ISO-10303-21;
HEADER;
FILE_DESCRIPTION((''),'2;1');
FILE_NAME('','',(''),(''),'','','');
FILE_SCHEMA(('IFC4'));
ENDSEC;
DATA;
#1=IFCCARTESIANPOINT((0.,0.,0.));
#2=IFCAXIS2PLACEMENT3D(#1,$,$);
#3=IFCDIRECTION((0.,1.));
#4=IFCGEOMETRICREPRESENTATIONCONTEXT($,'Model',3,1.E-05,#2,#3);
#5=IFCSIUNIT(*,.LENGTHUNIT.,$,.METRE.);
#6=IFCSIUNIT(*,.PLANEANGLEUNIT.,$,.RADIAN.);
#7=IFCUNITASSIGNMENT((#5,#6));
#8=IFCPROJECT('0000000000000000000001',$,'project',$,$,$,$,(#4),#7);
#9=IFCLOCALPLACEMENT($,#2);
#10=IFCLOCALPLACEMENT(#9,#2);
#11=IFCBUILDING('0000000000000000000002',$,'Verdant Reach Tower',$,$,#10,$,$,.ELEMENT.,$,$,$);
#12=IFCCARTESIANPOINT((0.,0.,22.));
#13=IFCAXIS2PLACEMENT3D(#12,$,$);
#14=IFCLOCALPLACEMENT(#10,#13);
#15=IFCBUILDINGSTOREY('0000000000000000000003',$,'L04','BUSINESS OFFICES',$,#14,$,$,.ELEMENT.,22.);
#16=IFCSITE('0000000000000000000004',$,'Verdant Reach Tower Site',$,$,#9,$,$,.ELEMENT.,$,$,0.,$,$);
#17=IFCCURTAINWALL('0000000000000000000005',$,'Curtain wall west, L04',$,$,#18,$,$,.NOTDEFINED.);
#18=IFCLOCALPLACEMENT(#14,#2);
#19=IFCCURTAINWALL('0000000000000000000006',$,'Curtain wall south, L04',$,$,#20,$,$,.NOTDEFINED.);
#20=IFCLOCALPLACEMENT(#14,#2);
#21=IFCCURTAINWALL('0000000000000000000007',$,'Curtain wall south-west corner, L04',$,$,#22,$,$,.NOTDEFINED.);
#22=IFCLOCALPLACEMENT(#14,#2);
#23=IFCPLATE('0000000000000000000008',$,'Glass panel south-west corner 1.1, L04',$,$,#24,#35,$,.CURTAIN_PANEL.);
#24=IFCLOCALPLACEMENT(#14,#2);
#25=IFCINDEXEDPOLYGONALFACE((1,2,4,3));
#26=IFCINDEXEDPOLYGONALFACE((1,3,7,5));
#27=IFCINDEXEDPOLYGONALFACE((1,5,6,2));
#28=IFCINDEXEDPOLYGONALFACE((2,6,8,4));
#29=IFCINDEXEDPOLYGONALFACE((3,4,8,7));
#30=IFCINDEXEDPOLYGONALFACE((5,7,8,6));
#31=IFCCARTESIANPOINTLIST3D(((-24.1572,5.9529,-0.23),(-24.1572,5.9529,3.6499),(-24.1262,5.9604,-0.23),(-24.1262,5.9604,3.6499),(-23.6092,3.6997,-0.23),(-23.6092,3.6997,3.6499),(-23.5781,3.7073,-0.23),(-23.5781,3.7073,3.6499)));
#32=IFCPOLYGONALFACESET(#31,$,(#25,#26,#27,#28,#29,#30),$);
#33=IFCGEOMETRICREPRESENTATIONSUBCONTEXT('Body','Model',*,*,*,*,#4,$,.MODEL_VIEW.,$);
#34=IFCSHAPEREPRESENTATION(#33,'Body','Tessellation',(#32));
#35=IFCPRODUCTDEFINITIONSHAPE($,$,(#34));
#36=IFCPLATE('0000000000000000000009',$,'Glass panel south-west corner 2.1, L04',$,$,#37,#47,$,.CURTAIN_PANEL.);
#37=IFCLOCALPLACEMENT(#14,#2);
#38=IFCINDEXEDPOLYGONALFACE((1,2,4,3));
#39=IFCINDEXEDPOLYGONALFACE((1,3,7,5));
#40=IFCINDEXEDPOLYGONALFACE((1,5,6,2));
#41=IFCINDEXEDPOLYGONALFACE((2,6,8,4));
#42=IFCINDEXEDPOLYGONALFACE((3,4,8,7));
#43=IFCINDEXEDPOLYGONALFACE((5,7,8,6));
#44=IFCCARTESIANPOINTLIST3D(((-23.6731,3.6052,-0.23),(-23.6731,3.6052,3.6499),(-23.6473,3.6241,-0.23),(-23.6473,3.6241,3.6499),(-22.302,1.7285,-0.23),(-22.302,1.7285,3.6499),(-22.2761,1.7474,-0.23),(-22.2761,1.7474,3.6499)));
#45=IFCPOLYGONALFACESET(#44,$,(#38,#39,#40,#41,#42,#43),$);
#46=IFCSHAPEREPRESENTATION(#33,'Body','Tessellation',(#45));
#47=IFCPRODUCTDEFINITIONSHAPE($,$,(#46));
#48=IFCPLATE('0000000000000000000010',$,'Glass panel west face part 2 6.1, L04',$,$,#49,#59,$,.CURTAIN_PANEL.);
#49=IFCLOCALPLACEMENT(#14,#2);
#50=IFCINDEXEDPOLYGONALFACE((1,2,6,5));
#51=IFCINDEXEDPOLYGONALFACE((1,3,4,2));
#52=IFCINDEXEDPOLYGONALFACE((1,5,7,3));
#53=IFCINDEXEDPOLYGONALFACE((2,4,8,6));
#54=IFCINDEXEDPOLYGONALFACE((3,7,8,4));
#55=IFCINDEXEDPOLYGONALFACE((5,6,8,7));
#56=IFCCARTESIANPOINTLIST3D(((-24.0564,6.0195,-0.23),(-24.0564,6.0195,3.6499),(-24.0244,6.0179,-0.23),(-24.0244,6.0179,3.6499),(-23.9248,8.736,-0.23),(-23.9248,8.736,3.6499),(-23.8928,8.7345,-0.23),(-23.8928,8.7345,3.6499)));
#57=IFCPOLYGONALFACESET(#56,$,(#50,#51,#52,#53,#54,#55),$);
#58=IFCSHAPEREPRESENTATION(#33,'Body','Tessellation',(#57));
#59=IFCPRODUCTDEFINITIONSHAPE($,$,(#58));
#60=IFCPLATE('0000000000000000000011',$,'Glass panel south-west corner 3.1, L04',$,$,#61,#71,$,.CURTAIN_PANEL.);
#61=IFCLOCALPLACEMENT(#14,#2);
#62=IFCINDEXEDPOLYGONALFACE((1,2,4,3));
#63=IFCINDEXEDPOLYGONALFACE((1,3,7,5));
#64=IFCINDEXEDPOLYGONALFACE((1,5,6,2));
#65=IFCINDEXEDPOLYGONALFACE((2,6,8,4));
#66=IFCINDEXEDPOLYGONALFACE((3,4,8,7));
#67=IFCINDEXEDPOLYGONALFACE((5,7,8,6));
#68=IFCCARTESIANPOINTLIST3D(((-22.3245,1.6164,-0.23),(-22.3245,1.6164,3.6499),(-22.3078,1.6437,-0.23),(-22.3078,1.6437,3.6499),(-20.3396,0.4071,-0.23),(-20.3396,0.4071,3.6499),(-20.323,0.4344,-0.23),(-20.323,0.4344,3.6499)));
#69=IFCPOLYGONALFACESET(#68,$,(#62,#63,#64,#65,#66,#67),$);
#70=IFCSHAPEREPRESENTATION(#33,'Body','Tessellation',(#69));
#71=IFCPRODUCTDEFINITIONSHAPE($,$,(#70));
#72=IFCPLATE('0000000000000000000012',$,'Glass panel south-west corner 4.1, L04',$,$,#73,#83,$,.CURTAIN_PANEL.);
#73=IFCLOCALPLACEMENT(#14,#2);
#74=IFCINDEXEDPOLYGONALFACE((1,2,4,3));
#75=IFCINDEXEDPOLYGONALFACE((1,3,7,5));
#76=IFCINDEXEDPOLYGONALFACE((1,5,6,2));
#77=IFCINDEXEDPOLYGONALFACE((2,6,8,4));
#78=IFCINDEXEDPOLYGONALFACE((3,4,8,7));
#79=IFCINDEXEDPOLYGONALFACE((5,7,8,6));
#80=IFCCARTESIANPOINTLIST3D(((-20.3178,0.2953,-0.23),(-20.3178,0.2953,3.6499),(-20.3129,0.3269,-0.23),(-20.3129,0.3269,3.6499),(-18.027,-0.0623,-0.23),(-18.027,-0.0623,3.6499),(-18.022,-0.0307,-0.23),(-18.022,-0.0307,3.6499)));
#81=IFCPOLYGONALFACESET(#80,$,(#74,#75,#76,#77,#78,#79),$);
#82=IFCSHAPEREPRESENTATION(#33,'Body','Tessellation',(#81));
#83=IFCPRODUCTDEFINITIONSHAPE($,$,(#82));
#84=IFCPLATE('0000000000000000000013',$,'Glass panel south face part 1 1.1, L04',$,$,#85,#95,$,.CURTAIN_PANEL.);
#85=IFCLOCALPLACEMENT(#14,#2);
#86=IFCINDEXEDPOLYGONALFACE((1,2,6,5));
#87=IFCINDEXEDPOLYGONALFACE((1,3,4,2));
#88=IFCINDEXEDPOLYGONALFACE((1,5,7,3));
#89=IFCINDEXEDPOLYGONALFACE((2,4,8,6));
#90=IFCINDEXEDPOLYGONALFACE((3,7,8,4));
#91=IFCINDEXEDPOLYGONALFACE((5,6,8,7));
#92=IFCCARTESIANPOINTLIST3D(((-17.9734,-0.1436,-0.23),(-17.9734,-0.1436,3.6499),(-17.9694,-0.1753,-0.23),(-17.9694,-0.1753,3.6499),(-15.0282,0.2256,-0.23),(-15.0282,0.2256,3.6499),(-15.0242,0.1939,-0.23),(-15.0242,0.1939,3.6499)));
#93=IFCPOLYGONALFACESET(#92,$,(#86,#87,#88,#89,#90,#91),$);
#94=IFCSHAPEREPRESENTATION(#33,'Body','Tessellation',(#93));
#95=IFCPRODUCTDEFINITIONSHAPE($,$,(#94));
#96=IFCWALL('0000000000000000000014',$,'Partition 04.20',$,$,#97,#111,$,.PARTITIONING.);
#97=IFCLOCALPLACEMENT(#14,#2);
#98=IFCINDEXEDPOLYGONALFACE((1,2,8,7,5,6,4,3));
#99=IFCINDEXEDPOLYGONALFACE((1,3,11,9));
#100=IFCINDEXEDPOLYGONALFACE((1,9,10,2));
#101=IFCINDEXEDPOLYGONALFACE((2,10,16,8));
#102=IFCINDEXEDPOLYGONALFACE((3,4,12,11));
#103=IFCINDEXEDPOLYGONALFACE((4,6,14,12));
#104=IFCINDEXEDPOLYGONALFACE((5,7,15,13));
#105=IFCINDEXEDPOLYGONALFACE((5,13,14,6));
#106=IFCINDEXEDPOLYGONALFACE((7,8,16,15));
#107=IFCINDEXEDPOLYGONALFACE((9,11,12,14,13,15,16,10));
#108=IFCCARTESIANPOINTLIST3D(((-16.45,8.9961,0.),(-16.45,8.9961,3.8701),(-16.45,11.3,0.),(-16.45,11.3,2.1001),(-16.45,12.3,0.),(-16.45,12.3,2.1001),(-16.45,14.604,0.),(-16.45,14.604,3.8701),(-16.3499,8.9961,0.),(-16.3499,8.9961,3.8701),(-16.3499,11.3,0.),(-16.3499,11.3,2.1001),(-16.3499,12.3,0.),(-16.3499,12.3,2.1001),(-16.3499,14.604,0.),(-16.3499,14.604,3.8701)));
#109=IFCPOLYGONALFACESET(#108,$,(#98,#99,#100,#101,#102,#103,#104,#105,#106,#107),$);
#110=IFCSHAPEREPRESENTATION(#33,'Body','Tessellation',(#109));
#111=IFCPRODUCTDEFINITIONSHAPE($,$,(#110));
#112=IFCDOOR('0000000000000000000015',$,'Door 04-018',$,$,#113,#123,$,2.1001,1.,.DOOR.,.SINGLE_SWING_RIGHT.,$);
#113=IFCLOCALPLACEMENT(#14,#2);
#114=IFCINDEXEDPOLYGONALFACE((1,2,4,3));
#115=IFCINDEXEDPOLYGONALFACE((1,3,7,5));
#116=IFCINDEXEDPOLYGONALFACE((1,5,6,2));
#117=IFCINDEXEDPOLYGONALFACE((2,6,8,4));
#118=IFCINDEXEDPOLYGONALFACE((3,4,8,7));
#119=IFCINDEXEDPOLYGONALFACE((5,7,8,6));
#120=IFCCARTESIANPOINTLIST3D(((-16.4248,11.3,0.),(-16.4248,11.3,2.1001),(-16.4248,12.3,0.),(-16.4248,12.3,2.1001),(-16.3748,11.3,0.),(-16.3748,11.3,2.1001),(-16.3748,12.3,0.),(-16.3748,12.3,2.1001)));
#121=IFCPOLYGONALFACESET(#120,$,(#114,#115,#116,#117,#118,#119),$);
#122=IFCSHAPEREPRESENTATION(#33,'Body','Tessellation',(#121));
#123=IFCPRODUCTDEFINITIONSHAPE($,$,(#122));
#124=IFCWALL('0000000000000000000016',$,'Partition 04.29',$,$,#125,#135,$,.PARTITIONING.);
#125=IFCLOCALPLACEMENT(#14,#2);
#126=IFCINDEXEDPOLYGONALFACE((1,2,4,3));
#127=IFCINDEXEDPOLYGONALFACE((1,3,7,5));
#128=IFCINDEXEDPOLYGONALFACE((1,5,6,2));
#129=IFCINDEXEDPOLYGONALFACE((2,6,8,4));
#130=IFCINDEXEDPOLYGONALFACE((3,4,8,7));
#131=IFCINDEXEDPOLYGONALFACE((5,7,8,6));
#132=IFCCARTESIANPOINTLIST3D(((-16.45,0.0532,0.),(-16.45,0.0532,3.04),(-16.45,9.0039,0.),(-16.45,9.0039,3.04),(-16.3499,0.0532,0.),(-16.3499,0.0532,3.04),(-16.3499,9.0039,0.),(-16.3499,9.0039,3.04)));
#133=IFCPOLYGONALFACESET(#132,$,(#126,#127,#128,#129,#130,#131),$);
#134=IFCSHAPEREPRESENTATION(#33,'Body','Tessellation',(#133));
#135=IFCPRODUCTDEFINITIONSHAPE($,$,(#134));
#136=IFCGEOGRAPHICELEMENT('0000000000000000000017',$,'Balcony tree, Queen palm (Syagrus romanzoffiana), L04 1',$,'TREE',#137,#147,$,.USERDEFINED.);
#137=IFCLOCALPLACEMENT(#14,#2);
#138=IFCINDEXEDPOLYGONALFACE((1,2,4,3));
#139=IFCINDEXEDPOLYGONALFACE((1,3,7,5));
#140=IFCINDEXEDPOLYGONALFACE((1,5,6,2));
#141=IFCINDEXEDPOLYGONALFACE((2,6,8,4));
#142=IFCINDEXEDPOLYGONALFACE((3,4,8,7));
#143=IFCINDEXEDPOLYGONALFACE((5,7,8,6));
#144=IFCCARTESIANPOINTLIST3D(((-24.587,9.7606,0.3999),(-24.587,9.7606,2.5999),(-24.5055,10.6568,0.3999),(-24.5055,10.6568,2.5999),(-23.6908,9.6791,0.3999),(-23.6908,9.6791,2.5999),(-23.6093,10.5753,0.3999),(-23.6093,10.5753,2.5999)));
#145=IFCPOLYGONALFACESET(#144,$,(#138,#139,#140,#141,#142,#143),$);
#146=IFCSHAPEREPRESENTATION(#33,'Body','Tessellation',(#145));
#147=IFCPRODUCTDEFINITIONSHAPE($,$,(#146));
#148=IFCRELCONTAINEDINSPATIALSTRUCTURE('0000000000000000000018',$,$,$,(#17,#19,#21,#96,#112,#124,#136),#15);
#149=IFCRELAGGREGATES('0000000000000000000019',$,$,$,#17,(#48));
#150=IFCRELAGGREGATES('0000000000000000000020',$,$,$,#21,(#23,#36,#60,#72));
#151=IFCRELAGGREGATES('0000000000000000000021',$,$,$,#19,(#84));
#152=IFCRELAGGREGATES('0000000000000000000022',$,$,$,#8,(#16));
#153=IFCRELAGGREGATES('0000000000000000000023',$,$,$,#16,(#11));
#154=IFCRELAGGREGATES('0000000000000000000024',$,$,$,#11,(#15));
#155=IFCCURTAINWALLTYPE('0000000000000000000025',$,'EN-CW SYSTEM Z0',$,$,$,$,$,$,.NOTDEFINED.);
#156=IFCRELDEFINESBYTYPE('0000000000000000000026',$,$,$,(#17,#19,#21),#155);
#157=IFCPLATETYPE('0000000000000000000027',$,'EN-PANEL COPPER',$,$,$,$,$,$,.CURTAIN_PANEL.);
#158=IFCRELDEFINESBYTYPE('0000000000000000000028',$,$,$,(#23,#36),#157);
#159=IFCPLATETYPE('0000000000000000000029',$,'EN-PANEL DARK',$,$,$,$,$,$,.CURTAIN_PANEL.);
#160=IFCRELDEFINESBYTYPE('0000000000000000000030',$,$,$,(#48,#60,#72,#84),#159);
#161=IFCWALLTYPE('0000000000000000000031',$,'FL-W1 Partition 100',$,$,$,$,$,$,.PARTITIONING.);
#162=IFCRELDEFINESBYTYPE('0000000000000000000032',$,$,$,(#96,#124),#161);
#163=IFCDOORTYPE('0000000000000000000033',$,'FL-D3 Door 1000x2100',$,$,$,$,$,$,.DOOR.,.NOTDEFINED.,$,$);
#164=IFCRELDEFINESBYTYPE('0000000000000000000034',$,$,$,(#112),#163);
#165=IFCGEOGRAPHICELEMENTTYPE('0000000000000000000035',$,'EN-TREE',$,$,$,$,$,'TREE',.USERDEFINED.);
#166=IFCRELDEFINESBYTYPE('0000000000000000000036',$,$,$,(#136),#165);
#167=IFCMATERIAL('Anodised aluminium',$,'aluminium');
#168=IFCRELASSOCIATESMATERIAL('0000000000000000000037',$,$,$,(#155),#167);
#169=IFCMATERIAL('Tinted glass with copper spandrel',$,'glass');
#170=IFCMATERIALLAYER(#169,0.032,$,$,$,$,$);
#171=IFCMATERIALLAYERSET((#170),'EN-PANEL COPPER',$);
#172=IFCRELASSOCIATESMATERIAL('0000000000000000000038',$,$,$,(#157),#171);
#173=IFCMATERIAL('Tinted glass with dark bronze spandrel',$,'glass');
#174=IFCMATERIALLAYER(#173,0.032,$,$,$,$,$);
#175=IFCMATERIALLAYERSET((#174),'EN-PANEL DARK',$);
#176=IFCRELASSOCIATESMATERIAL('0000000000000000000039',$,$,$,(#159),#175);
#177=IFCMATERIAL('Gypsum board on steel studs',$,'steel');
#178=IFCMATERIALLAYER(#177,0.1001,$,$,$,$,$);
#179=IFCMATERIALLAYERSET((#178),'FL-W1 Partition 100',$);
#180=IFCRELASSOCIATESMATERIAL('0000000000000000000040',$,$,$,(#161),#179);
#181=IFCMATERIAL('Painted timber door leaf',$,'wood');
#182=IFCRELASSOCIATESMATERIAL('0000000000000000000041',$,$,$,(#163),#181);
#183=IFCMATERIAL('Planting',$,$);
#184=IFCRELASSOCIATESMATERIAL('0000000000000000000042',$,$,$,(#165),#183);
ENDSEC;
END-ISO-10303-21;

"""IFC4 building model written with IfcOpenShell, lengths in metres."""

from ifc_helpers import new_model, si_unit, direction, frame, frame_2d, origin, origin_2d, place, context, subcontext, project, spatial, rectangle, extrude, material, layer, layer_set, type_object, element, fill, aggregate, save


model = new_model("IFC4")

# Units and contexts
model_context = context("Model", 3, precision=1e-05, world=origin(), true_north=direction((0.0, 1.0)))
body_context = subcontext(model_context, "Body", "Model", "MODEL_VIEW")
ifc_project = project(units=[si_unit("LENGTHUNIT", "METRE"), si_unit("PLANEANGLEUNIT", "RADIAN")], contexts=[model_context])

# Site, building, storey
site_placement = place(None, origin())
site = spatial("IfcSite", under=ifc_project, at=site_placement, Name="Verdant Reach Tower Site", CompositionType="ELEMENT", RefElevation=0.0)
building_placement = place(site_placement, origin())
building = spatial("IfcBuilding", under=site, at=building_placement, Name="Verdant Reach Tower", CompositionType="ELEMENT")
storey_placement = place(building_placement, frame((0.0, 0.0, 22.0)))
storey = spatial("IfcBuildingStorey", under=building, at=storey_placement, Name="L04", Description="BUSINESS OFFICES", CompositionType="ELEMENT", Elevation=22.0)

# Curtain walls
ifc_material_1 = material(Name="Anodised aluminium", Category="aluminium")
curtain_wall_type = type_object("IfcCurtainWallType", Name="EN-CW SYSTEM Z0", PredefinedType="NOTDEFINED", material=ifc_material_1)
curtain_wall_1_placement = place(storey_placement, origin())
curtain_wall_1 = element("IfcCurtainWall", 1, at=curtain_wall_1_placement, inside=storey, type_object=curtain_wall_type, Name="Curtain wall west, L04", PredefinedType="NOTDEFINED")
curtain_wall_2_placement = place(storey_placement, origin())
curtain_wall_2 = element("IfcCurtainWall", 2, at=curtain_wall_2_placement, inside=storey, type_object=curtain_wall_type, Name="Curtain wall south, L04", PredefinedType="NOTDEFINED")

# Curtain wall, plates
curtain_wall_3_placement = place(storey_placement, origin())
curtain_wall_3 = element("IfcCurtainWall", 3, at=curtain_wall_3_placement, inside=storey, type_object=curtain_wall_type, Name="Curtain wall south-west corner, L04", PredefinedType="NOTDEFINED")
ifc_material_2 = material(Name="Tinted glass with copper spandrel", Category="glass")
ifc_layer_1 = layer(ifc_material_2, 0.032)
ifc_layer_set_1 = layer_set([ifc_layer_1], Name="EN-PANEL COPPER")
plate_type_1 = type_object("IfcPlateType", Name="EN-PANEL COPPER", PredefinedType="CURTAIN_PANEL", material=ifc_layer_set_1)
plate_1_placement = place(storey_placement, frame((-23.8677, 4.8301, -0.23), z_axis=(0.0, 0.0, 1.0), x_axis=(0.236347, -0.971669, 0.0)))
plate_1 = element("IfcPlate", 4, at=plate_1_placement, type_object=plate_type_1, Name="Glass panel south-west corner 1.1, L04", PredefinedType="CURTAIN_PANEL", context=body_context, shape_type="SweptSolid", body=[
    extrude(rectangle(XDim=2.3188, YDim=0.032, at=origin_2d()), origin(), (0.0, 0.0, 1.0), 3.8799),
])
plate_2_placement = place(storey_placement, frame((-22.9746, 2.6763, -0.23), z_axis=(0.0, 0.0, 1.0), x_axis=(0.589927, -0.807457, 0.0)))
plate_2 = element("IfcPlate", 5, at=plate_2_placement, type_object=plate_type_1, Name="Glass panel south-west corner 2.1, L04", PredefinedType="CURTAIN_PANEL", context=body_context, shape_type="SweptSolid", body=[
    extrude(rectangle(XDim=2.3242, YDim=0.032, at=origin_2d()), origin(), (0.0, 0.0, 1.0), 3.8799),
])

# Plates
ifc_material_3 = material(Name="Tinted glass with dark bronze spandrel", Category="glass")
ifc_layer_2 = layer(ifc_material_3, 0.032)
ifc_layer_set_2 = layer_set([ifc_layer_2], Name="EN-PANEL DARK")
plate_type_2 = type_object("IfcPlateType", Name="EN-PANEL DARK", PredefinedType="CURTAIN_PANEL", material=ifc_layer_set_2)
plate_3_placement = place(storey_placement, frame((-23.9746, 7.377, -0.23), z_axis=(0.0, 0.0, 1.0), x_axis=(-0.048383, -0.998829, 0.0)))
plate_3 = element("IfcPlate", 6, at=plate_3_placement, type_object=plate_type_2, Name="Glass panel west face part 2 6.1, L04", PredefinedType="CURTAIN_PANEL", context=body_context, shape_type="SweptSolid", body=[
    extrude(rectangle(XDim=2.7197, YDim=0.032, at=origin_2d()), origin(), (0.0, 0.0, 1.0), 3.8799),
])
aggregate(curtain_wall_1, [plate_3])
plate_4_placement = place(storey_placement, frame((-21.3237, 1.0254, -0.23), z_axis=(0.0, 0.0, 1.0), x_axis=(0.853989, -0.520292, 0.0)))
plate_4 = element("IfcPlate", 7, at=plate_4_placement, type_object=plate_type_2, Name="Glass panel south-west corner 3.1, L04", PredefinedType="CURTAIN_PANEL", context=body_context, shape_type="SweptSolid", body=[
    extrude(rectangle(XDim=2.3242, YDim=0.032, at=origin_2d()), origin(), (0.0, 0.0, 1.0), 3.8799),
])
plate_5_placement = place(storey_placement, frame((-19.1699, 0.1323, -0.23), z_axis=(0.0, 0.0, 1.0), x_axis=(0.988035, -0.154233, 0.0)))
plate_5 = element("IfcPlate", 8, at=plate_5_placement, type_object=plate_type_2, Name="Glass panel south-west corner 4.1, L04", PredefinedType="CURTAIN_PANEL", context=body_context, shape_type="SweptSolid", body=[
    extrude(rectangle(XDim=2.3186, YDim=0.032, at=origin_2d()), origin(), (0.0, 0.0, 1.0), 3.8799),
])
aggregate(curtain_wall_3, [plate_1, plate_2, plate_4, plate_5])
plate_6_placement = place(storey_placement, frame((-16.4988, 0.0251, -0.23), z_axis=(0.0, 0.0, 1.0), x_axis=(0.992234, 0.124384, 0.0)))
plate_6 = element("IfcPlate", 9, at=plate_6_placement, type_object=plate_type_2, Name="Glass panel south face part 1 1.1, L04", PredefinedType="CURTAIN_PANEL", context=body_context, shape_type="SweptSolid", body=[
    extrude(rectangle(XDim=2.9683, YDim=0.032, at=origin_2d()), origin(), (0.0, 0.0, 1.0), 3.8799),
])
aggregate(curtain_wall_2, [plate_6])

# Wall, opening, door
ifc_material_4 = material(Name="Gypsum board on steel studs", Category="steel")
ifc_layer_3 = layer(ifc_material_4, 0.1001)
ifc_layer_set_3 = layer_set([ifc_layer_3], Name="FL-W1 Partition 100")
wall_type = type_object("IfcWallType", Name="FL-W1 Partition 100", PredefinedType="PARTITIONING", material=ifc_layer_set_3)
wall_1_placement = place(storey_placement, frame((-16.3999, 8.9961, 0.0), z_axis=(0.0, 0.0, 1.0), x_axis=(0.0, 1.0, 0.0)))
wall_1 = element("IfcWall", 10, at=wall_1_placement, inside=storey, type_object=wall_type, Name="Partition 04.20", PredefinedType="PARTITIONING", context=body_context, shape_type="SweptSolid", body=[
    extrude(rectangle(XDim=5.6079, YDim=0.1001, at=frame_2d((2.804, 0.0))), origin(), (0.0, 0.0, 1.0), 3.8701),
])
opening_placement = place(wall_1_placement, frame((2.304, 0.0, 0.0)))
opening = element("IfcOpeningElement", 11, at=opening_placement, cuts=wall_1, PredefinedType="OPENING", context=body_context, shape_type="SweptSolid", body=[
    extrude(rectangle(XDim=1.0, YDim=2.1001, at=frame_2d((0.5, 1.05))), frame((0.0, 0.0601, 0.0), z_axis=(0.0, -1.0, 0.0), x_axis=(1.0, 0.0, 0.0)), (0.0, 0.0, 1.0), 0.1201),
])
ifc_material_5 = material(Name="Painted timber door leaf", Category="wood")
door_type = type_object("IfcDoorType", Name="FL-D3 Door 1000x2100", OperationType="NOTDEFINED", PredefinedType="DOOR", material=ifc_material_5)
door_placement = place(opening_placement, origin())
door = element("IfcDoor", 12, at=door_placement, inside=storey, type_object=door_type, Name="Door 04-018", OperationType="SINGLE_SWING_RIGHT", OverallHeight=2.1001, OverallWidth=1.0, PredefinedType="DOOR", context=body_context, shape_type="SweptSolid", body=[
    extrude(rectangle(XDim=1.0, YDim=2.1001, at=frame_2d((0.5, 1.05))), frame((0.0, 0.0249, 0.0), z_axis=(0.0, -1.0, 0.0), x_axis=(1.0, 0.0, 0.0)), (0.0, 0.0, 1.0), 0.05),
])
fill(opening, door)

# Wall
wall_2_placement = place(storey_placement, frame((-16.3999, 9.0039, 0.0), z_axis=(0.0, 0.0, 1.0), x_axis=(0.0, -1.0, 0.0)))
element("IfcWall", 13, at=wall_2_placement, inside=storey, type_object=wall_type, Name="Partition 04.29", PredefinedType="PARTITIONING", context=body_context, shape_type="SweptSolid", body=[
    extrude(rectangle(XDim=8.9507, YDim=0.1001, at=frame_2d((4.4753, 0.0))), origin(), (0.0, 0.0, 1.0), 3.04),
])

# Geographic element
ifc_material_6 = material(Name="Planting")
geographic_element_type = type_object("IfcGeographicElementType", Name="EN-TREE", ElementType="TREE", PredefinedType="USERDEFINED", material=ifc_material_6)
geographic_element_placement = place(storey_placement, frame((-24.0981, 10.168, 0.3999), z_axis=(0.0, 0.0, 1.0), x_axis=(-0.090536, -0.995893, 0.0)))
element("IfcGeographicElement", 14, at=geographic_element_placement, inside=storey, type_object=geographic_element_type, Name="Balcony tree, Queen palm (Syagrus romanzoffiana), L04 1", ObjectType="TREE", PredefinedType="USERDEFINED", context=body_context, shape_type="SweptSolid", body=[
    extrude(rectangle(XDim=0.8999, YDim=0.8999, at=origin_2d()), origin(), (0.0, 0.0, 1.0), 2.2),
])

save(model, "model.ifc")
